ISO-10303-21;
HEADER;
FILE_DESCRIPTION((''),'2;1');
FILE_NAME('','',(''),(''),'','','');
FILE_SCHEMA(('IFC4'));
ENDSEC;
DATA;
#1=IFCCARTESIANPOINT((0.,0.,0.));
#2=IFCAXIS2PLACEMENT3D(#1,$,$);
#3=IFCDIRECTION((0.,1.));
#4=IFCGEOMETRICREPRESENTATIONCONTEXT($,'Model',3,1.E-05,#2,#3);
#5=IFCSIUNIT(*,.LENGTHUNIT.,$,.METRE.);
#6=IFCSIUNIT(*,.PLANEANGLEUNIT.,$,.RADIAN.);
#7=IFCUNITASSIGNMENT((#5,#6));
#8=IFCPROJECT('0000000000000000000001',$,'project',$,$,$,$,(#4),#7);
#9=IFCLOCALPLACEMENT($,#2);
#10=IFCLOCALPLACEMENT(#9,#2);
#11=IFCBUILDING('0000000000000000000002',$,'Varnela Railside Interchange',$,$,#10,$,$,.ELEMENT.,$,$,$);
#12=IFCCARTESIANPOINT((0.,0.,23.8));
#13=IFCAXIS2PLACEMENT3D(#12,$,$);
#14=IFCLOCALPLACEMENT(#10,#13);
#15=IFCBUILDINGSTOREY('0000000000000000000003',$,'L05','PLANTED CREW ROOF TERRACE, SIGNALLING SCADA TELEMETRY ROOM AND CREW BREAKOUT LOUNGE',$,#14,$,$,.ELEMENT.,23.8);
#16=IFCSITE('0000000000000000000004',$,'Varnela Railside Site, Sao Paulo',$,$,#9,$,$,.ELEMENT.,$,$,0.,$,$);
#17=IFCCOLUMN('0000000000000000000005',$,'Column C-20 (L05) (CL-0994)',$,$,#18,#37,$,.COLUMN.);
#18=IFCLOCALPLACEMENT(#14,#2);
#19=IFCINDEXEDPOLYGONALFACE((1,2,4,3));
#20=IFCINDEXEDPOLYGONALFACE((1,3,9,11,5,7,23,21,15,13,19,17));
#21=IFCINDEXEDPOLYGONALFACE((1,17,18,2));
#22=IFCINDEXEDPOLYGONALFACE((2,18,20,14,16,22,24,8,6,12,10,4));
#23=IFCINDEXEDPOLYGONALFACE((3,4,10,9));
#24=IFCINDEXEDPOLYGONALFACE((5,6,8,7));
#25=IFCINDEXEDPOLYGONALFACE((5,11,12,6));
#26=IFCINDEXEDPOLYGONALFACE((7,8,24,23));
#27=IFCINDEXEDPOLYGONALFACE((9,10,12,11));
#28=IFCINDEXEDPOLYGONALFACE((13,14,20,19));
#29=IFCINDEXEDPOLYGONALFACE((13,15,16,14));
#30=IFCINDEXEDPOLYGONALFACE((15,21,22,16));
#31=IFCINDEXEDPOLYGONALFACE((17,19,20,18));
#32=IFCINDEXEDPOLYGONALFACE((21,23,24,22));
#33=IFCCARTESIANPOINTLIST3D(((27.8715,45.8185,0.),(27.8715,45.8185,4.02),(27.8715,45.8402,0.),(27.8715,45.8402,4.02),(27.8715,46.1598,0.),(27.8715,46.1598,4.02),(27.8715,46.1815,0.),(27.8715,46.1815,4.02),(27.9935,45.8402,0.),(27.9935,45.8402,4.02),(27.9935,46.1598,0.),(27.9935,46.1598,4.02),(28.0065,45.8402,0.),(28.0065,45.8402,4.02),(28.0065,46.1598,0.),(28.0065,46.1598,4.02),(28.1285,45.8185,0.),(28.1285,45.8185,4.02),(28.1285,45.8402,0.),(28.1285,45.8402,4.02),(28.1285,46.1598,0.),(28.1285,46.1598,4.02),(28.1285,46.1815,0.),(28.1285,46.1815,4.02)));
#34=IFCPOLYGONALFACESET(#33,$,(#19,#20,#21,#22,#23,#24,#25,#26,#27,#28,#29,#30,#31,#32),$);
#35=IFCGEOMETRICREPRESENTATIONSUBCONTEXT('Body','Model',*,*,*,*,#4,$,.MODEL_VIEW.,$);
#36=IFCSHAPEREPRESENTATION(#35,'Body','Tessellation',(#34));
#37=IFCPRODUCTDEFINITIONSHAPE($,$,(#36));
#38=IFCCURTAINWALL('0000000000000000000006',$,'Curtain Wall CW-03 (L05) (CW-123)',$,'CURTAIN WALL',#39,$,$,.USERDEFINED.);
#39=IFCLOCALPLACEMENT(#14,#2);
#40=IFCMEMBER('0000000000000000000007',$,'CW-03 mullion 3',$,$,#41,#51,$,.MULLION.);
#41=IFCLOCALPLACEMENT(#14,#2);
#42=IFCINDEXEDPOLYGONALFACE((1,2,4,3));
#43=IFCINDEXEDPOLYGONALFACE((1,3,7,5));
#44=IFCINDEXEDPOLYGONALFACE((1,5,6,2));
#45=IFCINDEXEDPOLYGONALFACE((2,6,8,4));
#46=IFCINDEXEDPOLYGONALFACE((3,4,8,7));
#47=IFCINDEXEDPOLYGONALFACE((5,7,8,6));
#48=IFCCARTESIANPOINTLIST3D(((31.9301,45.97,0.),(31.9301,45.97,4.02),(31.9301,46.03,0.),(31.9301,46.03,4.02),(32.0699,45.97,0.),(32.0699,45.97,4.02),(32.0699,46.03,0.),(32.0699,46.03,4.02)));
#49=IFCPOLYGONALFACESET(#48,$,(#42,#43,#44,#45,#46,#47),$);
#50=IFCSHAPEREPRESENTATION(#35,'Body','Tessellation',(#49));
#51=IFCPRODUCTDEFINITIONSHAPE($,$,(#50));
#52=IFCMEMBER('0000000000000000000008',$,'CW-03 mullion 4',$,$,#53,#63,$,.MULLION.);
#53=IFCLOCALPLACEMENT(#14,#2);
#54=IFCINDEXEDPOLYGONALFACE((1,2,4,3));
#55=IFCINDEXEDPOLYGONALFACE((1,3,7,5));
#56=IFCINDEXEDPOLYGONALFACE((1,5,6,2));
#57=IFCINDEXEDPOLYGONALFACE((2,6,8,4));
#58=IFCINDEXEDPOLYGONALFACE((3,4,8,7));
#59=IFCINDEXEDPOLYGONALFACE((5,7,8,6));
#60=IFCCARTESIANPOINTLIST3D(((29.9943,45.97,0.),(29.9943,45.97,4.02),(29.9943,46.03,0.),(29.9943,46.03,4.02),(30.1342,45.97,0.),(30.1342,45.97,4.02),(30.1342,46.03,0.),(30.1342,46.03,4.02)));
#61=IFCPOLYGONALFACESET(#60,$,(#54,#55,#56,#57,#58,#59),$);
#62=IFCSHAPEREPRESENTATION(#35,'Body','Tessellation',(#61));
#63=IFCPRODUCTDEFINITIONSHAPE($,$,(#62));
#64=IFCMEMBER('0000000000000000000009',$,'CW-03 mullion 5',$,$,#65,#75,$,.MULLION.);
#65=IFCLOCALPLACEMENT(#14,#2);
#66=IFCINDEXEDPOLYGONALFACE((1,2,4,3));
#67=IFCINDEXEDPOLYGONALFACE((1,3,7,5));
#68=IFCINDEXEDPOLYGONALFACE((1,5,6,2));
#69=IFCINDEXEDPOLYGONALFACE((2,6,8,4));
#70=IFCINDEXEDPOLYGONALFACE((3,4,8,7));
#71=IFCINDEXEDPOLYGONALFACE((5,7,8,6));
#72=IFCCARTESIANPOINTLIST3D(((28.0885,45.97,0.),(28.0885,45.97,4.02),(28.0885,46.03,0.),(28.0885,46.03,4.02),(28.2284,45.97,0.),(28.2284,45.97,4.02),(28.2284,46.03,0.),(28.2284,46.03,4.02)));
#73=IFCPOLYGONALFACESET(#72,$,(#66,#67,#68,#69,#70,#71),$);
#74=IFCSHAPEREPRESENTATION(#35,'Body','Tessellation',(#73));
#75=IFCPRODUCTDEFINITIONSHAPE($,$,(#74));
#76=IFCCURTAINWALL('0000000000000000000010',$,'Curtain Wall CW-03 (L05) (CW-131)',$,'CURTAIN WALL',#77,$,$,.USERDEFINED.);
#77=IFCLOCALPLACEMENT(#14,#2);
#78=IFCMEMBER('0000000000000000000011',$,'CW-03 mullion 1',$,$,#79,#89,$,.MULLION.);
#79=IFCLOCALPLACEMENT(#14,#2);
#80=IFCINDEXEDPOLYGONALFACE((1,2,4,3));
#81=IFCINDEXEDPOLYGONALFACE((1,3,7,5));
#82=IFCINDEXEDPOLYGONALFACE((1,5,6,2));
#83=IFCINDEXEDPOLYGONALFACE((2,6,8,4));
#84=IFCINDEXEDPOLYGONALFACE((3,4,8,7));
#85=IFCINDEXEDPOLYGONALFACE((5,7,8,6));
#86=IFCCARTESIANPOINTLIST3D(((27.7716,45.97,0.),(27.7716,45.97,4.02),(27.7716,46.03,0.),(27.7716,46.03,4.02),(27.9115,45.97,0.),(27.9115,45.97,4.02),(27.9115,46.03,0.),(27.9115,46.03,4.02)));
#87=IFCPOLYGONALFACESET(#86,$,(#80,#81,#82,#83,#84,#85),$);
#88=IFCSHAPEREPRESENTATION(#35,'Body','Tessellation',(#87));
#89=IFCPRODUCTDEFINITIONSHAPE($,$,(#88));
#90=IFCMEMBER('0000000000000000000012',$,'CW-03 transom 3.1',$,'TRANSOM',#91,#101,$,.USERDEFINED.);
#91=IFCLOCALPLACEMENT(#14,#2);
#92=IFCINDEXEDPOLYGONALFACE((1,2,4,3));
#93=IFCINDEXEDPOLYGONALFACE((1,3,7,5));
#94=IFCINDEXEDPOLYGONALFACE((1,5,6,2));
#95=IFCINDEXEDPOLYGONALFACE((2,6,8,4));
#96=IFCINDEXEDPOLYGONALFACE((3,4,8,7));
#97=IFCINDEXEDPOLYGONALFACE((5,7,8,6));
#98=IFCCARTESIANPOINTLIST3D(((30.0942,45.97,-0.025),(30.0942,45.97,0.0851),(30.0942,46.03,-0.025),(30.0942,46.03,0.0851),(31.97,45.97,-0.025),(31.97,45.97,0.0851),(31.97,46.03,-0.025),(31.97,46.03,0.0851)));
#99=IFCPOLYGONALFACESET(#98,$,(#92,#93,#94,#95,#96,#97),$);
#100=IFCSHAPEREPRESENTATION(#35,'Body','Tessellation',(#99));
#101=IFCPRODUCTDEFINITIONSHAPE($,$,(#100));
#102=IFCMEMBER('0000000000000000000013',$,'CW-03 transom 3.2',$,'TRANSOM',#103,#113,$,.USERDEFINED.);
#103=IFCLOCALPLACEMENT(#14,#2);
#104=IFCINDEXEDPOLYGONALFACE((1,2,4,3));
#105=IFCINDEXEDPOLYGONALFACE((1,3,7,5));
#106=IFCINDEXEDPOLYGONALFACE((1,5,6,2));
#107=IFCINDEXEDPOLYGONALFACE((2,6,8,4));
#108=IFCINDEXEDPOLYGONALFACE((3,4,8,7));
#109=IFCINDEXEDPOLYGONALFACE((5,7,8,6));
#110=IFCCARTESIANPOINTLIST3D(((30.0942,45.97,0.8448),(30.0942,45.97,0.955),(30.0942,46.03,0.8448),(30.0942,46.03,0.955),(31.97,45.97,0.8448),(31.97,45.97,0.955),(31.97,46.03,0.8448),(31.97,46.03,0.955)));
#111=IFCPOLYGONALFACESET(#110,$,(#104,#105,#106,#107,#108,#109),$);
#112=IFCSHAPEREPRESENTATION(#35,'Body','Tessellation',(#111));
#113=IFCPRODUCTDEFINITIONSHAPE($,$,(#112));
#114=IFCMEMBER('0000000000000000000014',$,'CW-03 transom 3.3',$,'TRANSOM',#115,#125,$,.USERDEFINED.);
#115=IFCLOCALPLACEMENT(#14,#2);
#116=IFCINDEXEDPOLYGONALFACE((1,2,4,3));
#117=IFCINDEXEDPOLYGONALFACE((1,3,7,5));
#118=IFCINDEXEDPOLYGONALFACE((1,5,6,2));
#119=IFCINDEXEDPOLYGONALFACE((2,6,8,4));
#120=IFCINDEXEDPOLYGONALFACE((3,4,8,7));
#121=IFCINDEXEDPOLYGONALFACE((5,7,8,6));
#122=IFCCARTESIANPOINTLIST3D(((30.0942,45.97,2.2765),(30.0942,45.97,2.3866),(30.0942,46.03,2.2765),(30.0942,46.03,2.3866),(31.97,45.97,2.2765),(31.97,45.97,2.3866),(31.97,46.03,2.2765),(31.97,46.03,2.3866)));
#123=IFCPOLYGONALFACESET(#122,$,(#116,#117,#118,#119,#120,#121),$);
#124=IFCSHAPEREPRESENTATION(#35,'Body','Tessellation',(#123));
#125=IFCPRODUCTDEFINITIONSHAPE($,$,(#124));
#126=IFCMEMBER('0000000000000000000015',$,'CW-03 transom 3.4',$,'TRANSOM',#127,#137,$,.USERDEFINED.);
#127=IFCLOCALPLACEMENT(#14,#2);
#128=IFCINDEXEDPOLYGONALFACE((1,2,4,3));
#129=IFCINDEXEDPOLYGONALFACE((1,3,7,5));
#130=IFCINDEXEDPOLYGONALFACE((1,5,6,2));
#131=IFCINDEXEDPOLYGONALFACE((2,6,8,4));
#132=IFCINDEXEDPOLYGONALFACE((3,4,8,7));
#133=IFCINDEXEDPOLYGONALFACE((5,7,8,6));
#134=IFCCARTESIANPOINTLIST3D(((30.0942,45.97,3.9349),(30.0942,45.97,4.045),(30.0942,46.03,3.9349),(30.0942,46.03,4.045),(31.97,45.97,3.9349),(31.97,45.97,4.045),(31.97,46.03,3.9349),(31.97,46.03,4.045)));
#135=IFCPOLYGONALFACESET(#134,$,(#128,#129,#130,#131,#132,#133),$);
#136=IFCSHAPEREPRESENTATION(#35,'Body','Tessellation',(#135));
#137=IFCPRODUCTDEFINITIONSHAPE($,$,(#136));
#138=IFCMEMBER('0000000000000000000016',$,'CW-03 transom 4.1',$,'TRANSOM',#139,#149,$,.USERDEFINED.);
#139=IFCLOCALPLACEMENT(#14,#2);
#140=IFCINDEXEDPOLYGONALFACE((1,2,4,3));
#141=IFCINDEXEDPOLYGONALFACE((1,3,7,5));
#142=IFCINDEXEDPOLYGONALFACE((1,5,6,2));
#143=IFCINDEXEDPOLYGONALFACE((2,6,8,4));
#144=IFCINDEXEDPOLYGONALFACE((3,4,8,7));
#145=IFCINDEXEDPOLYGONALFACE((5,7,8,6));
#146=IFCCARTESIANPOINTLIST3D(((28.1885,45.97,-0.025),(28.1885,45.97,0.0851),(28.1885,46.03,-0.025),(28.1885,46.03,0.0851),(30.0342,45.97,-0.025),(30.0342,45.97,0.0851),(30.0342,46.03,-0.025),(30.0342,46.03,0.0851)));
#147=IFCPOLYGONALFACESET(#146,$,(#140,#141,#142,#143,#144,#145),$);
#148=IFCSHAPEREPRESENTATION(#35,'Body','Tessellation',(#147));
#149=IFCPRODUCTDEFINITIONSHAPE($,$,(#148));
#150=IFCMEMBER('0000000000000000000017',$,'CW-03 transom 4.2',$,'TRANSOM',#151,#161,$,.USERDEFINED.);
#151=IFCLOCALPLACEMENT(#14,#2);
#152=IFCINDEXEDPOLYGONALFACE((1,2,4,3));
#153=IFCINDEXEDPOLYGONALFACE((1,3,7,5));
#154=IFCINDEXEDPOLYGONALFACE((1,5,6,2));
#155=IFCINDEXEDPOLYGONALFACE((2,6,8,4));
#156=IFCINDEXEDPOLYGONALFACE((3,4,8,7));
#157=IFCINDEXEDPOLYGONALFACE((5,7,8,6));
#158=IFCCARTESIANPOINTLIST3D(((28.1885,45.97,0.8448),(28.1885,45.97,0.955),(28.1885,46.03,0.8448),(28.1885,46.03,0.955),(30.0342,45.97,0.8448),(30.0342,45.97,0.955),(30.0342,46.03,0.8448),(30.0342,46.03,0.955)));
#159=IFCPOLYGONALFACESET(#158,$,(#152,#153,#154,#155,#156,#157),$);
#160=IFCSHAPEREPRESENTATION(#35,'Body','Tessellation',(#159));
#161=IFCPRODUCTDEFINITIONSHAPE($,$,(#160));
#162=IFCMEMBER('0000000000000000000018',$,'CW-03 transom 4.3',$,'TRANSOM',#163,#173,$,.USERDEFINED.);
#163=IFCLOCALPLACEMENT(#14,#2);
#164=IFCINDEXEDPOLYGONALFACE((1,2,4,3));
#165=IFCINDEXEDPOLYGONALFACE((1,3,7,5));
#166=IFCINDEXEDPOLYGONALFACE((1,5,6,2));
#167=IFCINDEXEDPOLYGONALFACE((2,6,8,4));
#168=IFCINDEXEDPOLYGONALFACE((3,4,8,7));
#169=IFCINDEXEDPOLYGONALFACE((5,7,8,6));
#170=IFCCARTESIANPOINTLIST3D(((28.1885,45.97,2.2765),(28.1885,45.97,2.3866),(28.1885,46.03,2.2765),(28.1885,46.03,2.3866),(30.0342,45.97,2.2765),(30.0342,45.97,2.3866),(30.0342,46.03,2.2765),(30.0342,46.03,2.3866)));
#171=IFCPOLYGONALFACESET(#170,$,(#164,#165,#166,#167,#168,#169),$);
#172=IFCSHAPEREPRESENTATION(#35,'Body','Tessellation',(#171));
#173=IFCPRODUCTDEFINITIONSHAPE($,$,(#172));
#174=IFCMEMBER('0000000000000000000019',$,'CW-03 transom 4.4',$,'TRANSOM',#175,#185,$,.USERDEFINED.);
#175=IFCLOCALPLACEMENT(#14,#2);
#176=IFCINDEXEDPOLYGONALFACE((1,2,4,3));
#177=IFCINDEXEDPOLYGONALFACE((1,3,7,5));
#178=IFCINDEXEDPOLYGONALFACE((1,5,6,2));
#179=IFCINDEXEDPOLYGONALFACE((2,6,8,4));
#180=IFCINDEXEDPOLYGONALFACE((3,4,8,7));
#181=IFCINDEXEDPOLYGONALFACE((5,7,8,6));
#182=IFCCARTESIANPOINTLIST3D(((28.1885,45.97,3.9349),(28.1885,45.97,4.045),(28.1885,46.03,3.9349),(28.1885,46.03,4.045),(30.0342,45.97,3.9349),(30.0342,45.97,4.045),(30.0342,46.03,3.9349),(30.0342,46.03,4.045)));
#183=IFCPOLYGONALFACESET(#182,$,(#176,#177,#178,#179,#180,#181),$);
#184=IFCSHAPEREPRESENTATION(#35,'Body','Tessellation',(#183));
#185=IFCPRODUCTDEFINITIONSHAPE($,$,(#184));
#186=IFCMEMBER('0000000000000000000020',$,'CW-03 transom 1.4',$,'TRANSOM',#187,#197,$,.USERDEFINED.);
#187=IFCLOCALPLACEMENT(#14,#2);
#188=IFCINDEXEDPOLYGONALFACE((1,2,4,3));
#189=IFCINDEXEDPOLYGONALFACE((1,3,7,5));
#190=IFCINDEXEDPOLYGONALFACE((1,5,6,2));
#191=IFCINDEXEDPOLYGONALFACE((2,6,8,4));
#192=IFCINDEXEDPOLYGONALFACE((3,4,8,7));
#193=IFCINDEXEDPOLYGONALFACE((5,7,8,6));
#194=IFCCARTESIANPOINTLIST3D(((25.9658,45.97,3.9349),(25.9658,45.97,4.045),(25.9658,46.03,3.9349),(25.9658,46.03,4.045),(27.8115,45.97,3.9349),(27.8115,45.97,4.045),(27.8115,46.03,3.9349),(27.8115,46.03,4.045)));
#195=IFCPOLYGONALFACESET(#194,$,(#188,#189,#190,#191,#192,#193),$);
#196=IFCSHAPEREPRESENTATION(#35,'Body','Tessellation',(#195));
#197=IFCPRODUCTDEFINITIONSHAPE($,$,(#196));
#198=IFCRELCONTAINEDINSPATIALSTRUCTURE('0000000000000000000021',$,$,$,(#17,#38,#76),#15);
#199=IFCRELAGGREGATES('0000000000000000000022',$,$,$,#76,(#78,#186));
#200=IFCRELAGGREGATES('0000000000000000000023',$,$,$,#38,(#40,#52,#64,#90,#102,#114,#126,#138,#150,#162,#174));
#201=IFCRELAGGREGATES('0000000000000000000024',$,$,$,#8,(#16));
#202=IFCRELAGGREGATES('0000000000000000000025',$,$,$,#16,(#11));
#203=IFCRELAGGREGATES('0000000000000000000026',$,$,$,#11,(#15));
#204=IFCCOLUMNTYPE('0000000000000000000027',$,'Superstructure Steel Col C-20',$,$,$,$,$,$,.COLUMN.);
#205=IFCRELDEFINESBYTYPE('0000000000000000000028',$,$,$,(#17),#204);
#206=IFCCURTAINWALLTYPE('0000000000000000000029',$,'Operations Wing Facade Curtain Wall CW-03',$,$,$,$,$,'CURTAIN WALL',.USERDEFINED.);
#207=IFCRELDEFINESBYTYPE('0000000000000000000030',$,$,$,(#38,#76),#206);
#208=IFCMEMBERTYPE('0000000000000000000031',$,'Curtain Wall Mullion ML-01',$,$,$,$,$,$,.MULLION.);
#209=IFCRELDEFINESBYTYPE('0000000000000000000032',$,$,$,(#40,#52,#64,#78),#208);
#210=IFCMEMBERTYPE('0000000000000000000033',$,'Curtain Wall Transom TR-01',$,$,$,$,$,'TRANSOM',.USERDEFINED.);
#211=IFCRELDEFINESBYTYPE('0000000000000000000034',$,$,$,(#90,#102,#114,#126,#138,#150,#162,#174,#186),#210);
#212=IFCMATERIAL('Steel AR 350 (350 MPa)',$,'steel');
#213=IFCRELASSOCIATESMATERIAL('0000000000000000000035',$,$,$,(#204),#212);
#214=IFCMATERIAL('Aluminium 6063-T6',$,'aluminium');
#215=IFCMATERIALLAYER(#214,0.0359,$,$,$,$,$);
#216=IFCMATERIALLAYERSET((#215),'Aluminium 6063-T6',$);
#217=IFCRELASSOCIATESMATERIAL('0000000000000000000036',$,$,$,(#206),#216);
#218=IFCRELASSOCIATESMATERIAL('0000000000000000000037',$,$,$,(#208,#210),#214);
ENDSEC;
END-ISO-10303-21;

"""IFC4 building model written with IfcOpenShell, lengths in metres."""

from ifc_helpers import new_model, si_unit, direction, frame, origin, origin_2d, place, context, subcontext, project, spatial, rectangle, i_section, extrude, material, layer, layer_set, material_profile, profile_set, type_object, element, aggregate, save


model = new_model("IFC4")

# Units and contexts
model_context = context("Model", 3, precision=1e-05, world=origin(), true_north=direction((0.0, 1.0)))
body_context = subcontext(model_context, "Body", "Model", "MODEL_VIEW")
ifc_project = project(units=[si_unit("LENGTHUNIT", "METRE"), si_unit("PLANEANGLEUNIT", "RADIAN")], contexts=[model_context])

# Site, building, storey
site_placement = place(None, origin())
site = spatial("IfcSite", under=ifc_project, at=site_placement, Name="Varnela Railside Site, Sao Paulo", CompositionType="ELEMENT", RefElevation=0.0)
building_placement = place(site_placement, origin())
building = spatial("IfcBuilding", under=site, at=building_placement, Name="Varnela Railside Interchange", CompositionType="ELEMENT")
storey_placement = place(building_placement, frame((0.0, 0.0, 23.8)))
storey = spatial("IfcBuildingStorey", under=building, at=storey_placement, Name="L05", Description="PLANTED CREW ROOF TERRACE, SIGNALLING SCADA TELEMETRY ROOM AND CREW BREAKOUT LOUNGE", CompositionType="ELEMENT", Elevation=23.8)

# Column
ifc_material_1 = material(Name="Steel AR 350 (350 MPa)", Category="steel")
ifc_material_profile_1 = material_profile(ifc_material_1, i_section(OverallWidth=0.2571, OverallDepth=0.363, WebThickness=0.0129, FlangeThickness=0.0217, at=origin_2d()), Name="W360x122")
ifc_profile_set_1 = profile_set([ifc_material_profile_1], Name="Steel AR 350 (350 MPa)")
column_type = type_object("IfcColumnType", Name="Superstructure Steel Col C-20", PredefinedType="COLUMN", material=ifc_profile_set_1)
column_placement = place(storey_placement, frame((28.0, 46.0, 0.0), z_axis=(0.0, 0.0, 1.0), x_axis=(1.0, 0.0, 0.0)))
element("IfcColumn", 1, at=column_placement, inside=storey, type_object=column_type, Name="Column C-20 (L05) (CL-0994)", PredefinedType="COLUMN", context=body_context, shape_type="SweptSolid", body=[
    extrude(i_section(OverallWidth=0.2571, OverallDepth=0.363, WebThickness=0.0129, FlangeThickness=0.0217, at=origin_2d()), origin(), (0.0, 0.0, 1.0), 4.02),
])

# Curtain wall, members
ifc_material_2 = material(Name="Aluminium 6063-T6", Category="aluminium")
ifc_layer_1 = layer(ifc_material_2, 0.0359)
ifc_layer_set_1 = layer_set([ifc_layer_1], Name="Aluminium 6063-T6")
curtain_wall_type = type_object("IfcCurtainWallType", Name="Operations Wing Facade Curtain Wall CW-03", ElementType="CURTAIN WALL", PredefinedType="USERDEFINED", material=ifc_layer_set_1)
curtain_wall_1_placement = place(storey_placement, origin())
curtain_wall_1 = element("IfcCurtainWall", 2, at=curtain_wall_1_placement, inside=storey, type_object=curtain_wall_type, Name="Curtain Wall CW-03 (L05) (CW-123)", ObjectType="CURTAIN WALL", PredefinedType="USERDEFINED")
ifc_material_profile_2 = material_profile(ifc_material_2, rectangle(XDim=0.0601, YDim=0.1399, at=origin_2d()), Name="ALU 60x140")
ifc_profile_set_2 = profile_set([ifc_material_profile_2], Name="Aluminium 6063-T6")
member_type_1 = type_object("IfcMemberType", Name="Curtain Wall Mullion ML-01", PredefinedType="MULLION", material=ifc_profile_set_2)
member_1_placement = place(storey_placement, frame((32.0, 46.0, 0.0), z_axis=(0.0, 0.0, 1.0), x_axis=(0.0, -1.0, 0.0)))
member_1 = element("IfcMember", 3, at=member_1_placement, type_object=member_type_1, Name="CW-03 mullion 3", PredefinedType="MULLION", context=body_context, shape_type="SweptSolid", body=[
    extrude(rectangle(XDim=0.0601, YDim=0.1399, at=origin_2d()), origin(), (0.0, 0.0, 1.0), 4.02),
])
member_2_placement = place(storey_placement, frame((30.0642, 46.0, 0.0), z_axis=(0.0, 0.0, 1.0), x_axis=(0.0, -1.0, 0.0)))
member_2 = element("IfcMember", 4, at=member_2_placement, type_object=member_type_1, Name="CW-03 mullion 4", PredefinedType="MULLION", context=body_context, shape_type="SweptSolid", body=[
    extrude(rectangle(XDim=0.0601, YDim=0.1399, at=origin_2d()), origin(), (0.0, 0.0, 1.0), 4.02),
])
member_3_placement = place(storey_placement, frame((28.1584, 46.0, 0.0), z_axis=(0.0, 0.0, 1.0), x_axis=(0.0, -1.0, 0.0)))
member_3 = element("IfcMember", 5, at=member_3_placement, type_object=member_type_1, Name="CW-03 mullion 5", PredefinedType="MULLION", context=body_context, shape_type="SweptSolid", body=[
    extrude(rectangle(XDim=0.0601, YDim=0.1399, at=origin_2d()), origin(), (0.0, 0.0, 1.0), 4.02),
])

# Curtain wall, member
curtain_wall_2_placement = place(storey_placement, origin())
curtain_wall_2 = element("IfcCurtainWall", 6, at=curtain_wall_2_placement, inside=storey, type_object=curtain_wall_type, Name="Curtain Wall CW-03 (L05) (CW-131)", ObjectType="CURTAIN WALL", PredefinedType="USERDEFINED")
member_4_placement = place(storey_placement, frame((27.8416, 46.0, 0.0), z_axis=(0.0, 0.0, 1.0), x_axis=(0.0, -1.0, 0.0)))
member_4 = element("IfcMember", 7, at=member_4_placement, type_object=member_type_1, Name="CW-03 mullion 1", PredefinedType="MULLION", context=body_context, shape_type="SweptSolid", body=[
    extrude(rectangle(XDim=0.0601, YDim=0.1399, at=origin_2d()), origin(), (0.0, 0.0, 1.0), 4.02),
])

# Members
ifc_material_profile_3 = material_profile(ifc_material_2, rectangle(XDim=0.0601, YDim=0.1101, at=origin_2d()), Name="ALU 60x110")
ifc_profile_set_3 = profile_set([ifc_material_profile_3], Name="Aluminium 6063-T6")
member_type_2 = type_object("IfcMemberType", Name="Curtain Wall Transom TR-01", ElementType="TRANSOM", PredefinedType="USERDEFINED", material=ifc_profile_set_3)
member_5_placement = place(storey_placement, frame((31.97, 46.0, 0.03), z_axis=(-1.0, 0.0, 0.0), x_axis=(0.0, -1.0, 0.0)))
member_5 = element("IfcMember", 8, at=member_5_placement, type_object=member_type_2, Name="CW-03 transom 3.1", ObjectType="TRANSOM", PredefinedType="USERDEFINED", context=body_context, shape_type="SweptSolid", body=[
    extrude(rectangle(XDim=0.0601, YDim=0.1101, at=origin_2d()), origin(), (0.0, 0.0, 1.0), 1.8757),
])
member_6_placement = place(storey_placement, frame((31.97, 46.0, 0.8999), z_axis=(-1.0, 0.0, 0.0), x_axis=(0.0, -1.0, 0.0)))
member_6 = element("IfcMember", 9, at=member_6_placement, type_object=member_type_2, Name="CW-03 transom 3.2", ObjectType="TRANSOM", PredefinedType="USERDEFINED", context=body_context, shape_type="SweptSolid", body=[
    extrude(rectangle(XDim=0.0601, YDim=0.1101, at=origin_2d()), origin(), (0.0, 0.0, 1.0), 1.8757),
])
member_7_placement = place(storey_placement, frame((31.97, 46.0, 2.3315), z_axis=(-1.0, 0.0, 0.0), x_axis=(0.0, -1.0, 0.0)))
member_7 = element("IfcMember", 10, at=member_7_placement, type_object=member_type_2, Name="CW-03 transom 3.3", ObjectType="TRANSOM", PredefinedType="USERDEFINED", context=body_context, shape_type="SweptSolid", body=[
    extrude(rectangle(XDim=0.0601, YDim=0.1101, at=origin_2d()), origin(), (0.0, 0.0, 1.0), 1.8757),
])
member_8_placement = place(storey_placement, frame((31.97, 46.0, 3.99), z_axis=(-1.0, 0.0, 0.0), x_axis=(0.0, -1.0, 0.0)))
member_8 = element("IfcMember", 11, at=member_8_placement, type_object=member_type_2, Name="CW-03 transom 3.4", ObjectType="TRANSOM", PredefinedType="USERDEFINED", context=body_context, shape_type="SweptSolid", body=[
    extrude(rectangle(XDim=0.0601, YDim=0.1101, at=origin_2d()), origin(), (0.0, 0.0, 1.0), 1.8757),
])
member_9_placement = place(storey_placement, frame((30.0342, 46.0, 0.03), z_axis=(-1.0, 0.0, 0.0), x_axis=(0.0, -1.0, 0.0)))
member_9 = element("IfcMember", 12, at=member_9_placement, type_object=member_type_2, Name="CW-03 transom 4.1", ObjectType="TRANSOM", PredefinedType="USERDEFINED", context=body_context, shape_type="SweptSolid", body=[
    extrude(rectangle(XDim=0.0601, YDim=0.1101, at=origin_2d()), origin(), (0.0, 0.0, 1.0), 1.8457),
])
member_10_placement = place(storey_placement, frame((30.0342, 46.0, 0.8999), z_axis=(-1.0, 0.0, 0.0), x_axis=(0.0, -1.0, 0.0)))
member_10 = element("IfcMember", 13, at=member_10_placement, type_object=member_type_2, Name="CW-03 transom 4.2", ObjectType="TRANSOM", PredefinedType="USERDEFINED", context=body_context, shape_type="SweptSolid", body=[
    extrude(rectangle(XDim=0.0601, YDim=0.1101, at=origin_2d()), origin(), (0.0, 0.0, 1.0), 1.8457),
])
member_11_placement = place(storey_placement, frame((30.0342, 46.0, 2.3315), z_axis=(-1.0, 0.0, 0.0), x_axis=(0.0, -1.0, 0.0)))
member_11 = element("IfcMember", 14, at=member_11_placement, type_object=member_type_2, Name="CW-03 transom 4.3", ObjectType="TRANSOM", PredefinedType="USERDEFINED", context=body_context, shape_type="SweptSolid", body=[
    extrude(rectangle(XDim=0.0601, YDim=0.1101, at=origin_2d()), origin(), (0.0, 0.0, 1.0), 1.8457),
])
member_12_placement = place(storey_placement, frame((30.0342, 46.0, 3.99), z_axis=(-1.0, 0.0, 0.0), x_axis=(0.0, -1.0, 0.0)))
member_12 = element("IfcMember", 15, at=member_12_placement, type_object=member_type_2, Name="CW-03 transom 4.4", ObjectType="TRANSOM", PredefinedType="USERDEFINED", context=body_context, shape_type="SweptSolid", body=[
    extrude(rectangle(XDim=0.0601, YDim=0.1101, at=origin_2d()), origin(), (0.0, 0.0, 1.0), 1.8457),
])
member_13_placement = place(storey_placement, frame((27.8115, 46.0, 3.99), z_axis=(-1.0, 0.0, 0.0), x_axis=(0.0, -1.0, 0.0)))
member_13 = element("IfcMember", 16, at=member_13_placement, type_object=member_type_2, Name="CW-03 transom 1.4", ObjectType="TRANSOM", PredefinedType="USERDEFINED", context=body_context, shape_type="SweptSolid", body=[
    extrude(rectangle(XDim=0.0601, YDim=0.1101, at=origin_2d()), origin(), (0.0, 0.0, 1.0), 1.8457),
])
aggregate(curtain_wall_2, [member_4, member_13])

aggregate(curtain_wall_1, [member_1, member_2, member_3, member_5, member_6, member_7, member_8, member_9, member_10, member_11, member_12])

save(model, "model.ifc")
